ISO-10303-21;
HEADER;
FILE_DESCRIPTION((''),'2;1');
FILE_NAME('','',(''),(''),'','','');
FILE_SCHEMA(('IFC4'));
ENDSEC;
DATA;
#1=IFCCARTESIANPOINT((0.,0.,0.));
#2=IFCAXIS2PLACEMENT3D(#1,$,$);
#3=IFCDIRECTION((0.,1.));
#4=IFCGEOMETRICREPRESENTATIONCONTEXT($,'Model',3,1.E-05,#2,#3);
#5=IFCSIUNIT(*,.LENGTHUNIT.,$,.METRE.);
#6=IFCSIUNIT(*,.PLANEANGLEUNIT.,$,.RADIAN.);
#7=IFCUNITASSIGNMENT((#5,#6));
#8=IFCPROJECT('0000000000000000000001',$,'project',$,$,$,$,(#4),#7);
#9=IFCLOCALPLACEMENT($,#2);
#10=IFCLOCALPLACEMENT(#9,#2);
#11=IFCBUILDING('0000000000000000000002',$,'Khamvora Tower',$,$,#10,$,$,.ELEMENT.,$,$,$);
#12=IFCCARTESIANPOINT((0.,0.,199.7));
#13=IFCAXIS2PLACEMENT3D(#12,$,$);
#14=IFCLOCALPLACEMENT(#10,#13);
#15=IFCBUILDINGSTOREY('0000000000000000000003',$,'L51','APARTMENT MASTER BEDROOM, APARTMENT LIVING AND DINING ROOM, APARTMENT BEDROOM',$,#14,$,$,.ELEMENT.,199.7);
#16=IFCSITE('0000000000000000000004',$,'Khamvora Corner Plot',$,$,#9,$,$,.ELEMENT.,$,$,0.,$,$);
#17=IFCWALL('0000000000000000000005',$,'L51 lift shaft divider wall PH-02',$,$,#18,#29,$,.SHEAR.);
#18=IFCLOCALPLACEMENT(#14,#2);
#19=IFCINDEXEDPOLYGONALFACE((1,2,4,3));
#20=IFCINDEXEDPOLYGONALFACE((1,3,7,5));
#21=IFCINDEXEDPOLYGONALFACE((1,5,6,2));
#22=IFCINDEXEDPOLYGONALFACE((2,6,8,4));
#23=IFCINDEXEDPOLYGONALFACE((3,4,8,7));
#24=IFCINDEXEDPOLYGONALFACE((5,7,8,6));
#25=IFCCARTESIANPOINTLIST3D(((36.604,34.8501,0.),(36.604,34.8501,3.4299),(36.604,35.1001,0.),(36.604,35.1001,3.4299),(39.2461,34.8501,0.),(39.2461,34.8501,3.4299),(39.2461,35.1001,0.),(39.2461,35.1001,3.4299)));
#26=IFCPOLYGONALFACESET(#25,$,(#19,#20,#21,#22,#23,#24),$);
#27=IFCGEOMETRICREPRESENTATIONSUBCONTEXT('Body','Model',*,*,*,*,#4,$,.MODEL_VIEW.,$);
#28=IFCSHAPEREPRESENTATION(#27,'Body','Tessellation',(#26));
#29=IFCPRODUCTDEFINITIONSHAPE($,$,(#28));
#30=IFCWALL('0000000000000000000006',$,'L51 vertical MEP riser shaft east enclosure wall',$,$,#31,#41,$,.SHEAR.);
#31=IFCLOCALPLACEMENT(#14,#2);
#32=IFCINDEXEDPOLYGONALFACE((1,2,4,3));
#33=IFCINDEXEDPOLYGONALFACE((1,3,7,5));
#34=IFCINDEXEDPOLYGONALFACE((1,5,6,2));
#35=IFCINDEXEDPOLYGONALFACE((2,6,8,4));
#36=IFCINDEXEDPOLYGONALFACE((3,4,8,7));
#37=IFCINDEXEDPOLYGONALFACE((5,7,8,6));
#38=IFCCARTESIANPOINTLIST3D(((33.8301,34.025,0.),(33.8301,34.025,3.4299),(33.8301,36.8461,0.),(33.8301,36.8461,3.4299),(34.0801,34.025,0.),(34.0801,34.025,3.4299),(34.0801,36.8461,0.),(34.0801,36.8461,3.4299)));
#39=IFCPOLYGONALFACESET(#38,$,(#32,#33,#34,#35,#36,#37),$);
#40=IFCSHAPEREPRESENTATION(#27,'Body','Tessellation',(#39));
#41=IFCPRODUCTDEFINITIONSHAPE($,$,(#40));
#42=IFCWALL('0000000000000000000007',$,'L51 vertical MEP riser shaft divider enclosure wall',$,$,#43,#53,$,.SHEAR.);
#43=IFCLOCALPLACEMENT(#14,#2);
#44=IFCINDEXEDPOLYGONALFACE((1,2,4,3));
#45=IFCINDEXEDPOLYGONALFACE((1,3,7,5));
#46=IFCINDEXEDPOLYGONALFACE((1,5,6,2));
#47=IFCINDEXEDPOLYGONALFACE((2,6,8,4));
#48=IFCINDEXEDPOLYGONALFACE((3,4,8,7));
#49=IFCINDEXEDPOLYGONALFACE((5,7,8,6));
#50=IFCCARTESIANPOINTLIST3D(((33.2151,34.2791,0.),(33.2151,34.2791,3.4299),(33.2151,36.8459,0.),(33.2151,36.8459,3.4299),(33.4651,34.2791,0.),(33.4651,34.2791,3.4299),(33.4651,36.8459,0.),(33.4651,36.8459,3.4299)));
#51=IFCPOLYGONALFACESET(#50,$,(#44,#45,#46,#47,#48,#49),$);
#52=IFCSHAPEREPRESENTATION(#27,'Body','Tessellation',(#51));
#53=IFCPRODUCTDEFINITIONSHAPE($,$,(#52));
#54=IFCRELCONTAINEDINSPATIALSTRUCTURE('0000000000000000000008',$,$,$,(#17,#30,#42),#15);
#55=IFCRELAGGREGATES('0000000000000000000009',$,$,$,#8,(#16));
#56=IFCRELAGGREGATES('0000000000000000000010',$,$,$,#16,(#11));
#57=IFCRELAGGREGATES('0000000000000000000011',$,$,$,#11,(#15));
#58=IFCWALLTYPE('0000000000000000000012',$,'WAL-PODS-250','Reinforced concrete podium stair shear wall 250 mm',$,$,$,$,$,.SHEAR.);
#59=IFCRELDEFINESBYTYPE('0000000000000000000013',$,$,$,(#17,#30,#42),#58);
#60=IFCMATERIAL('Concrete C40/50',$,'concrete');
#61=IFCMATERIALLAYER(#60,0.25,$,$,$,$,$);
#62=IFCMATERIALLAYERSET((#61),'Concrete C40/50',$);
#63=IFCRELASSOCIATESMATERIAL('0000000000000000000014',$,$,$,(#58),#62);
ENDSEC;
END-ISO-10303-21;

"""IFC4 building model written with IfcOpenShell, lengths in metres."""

from ifc_helpers import new_model, si_unit, direction, frame, frame_2d, origin, place, context, subcontext, project, spatial, rectangle, extrude, material, layer, layer_set, type_object, element, save


model = new_model("IFC4")

# Units and contexts
model_context = context("Model", 3, precision=1e-05, world=origin(), true_north=direction((0.0, 1.0)))
body_context = subcontext(model_context, "Body", "Model", "MODEL_VIEW")
ifc_project = project(units=[si_unit("LENGTHUNIT", "METRE"), si_unit("PLANEANGLEUNIT", "RADIAN")], contexts=[model_context])

# Site, building, storey
site_placement = place(None, origin())
site = spatial("IfcSite", under=ifc_project, at=site_placement, Name="Khamvora Corner Plot", CompositionType="ELEMENT", RefElevation=0.0)
building_placement = place(site_placement, origin())
building = spatial("IfcBuilding", under=site, at=building_placement, Name="Khamvora Tower", CompositionType="ELEMENT")
storey_placement = place(building_placement, frame((0.0, 0.0, 199.7)))
storey = spatial("IfcBuildingStorey", under=building, at=storey_placement, Name="L51", Description="APARTMENT MASTER BEDROOM, APARTMENT LIVING AND DINING ROOM, APARTMENT BEDROOM", CompositionType="ELEMENT", Elevation=199.7)

# Walls
ifc_material_1 = material(Name="Concrete C40/50", Category="concrete")
ifc_layer_1 = layer(ifc_material_1, 0.25)
ifc_layer_set_1 = layer_set([ifc_layer_1], Name="Concrete C40/50")
wall_type_1 = type_object("IfcWallType", Name="WAL-PODS-250", Description="Reinforced concrete podium stair shear wall 250 mm", PredefinedType="SHEAR", material=ifc_layer_set_1)
for number, where, z_axis, x_axis, name in (
    (1, (36.604, 34.9751, 0.0), (0.0, 0.0, 1.0), (1.0, 0.0, 0.0), "L51 lift shaft divider wall PH-02"),
):
    element("IfcWall", number, at=place(storey_placement, frame(where, z_axis=z_axis, x_axis=x_axis)), inside=storey, type_object=wall_type_1, Name=name, PredefinedType="SHEAR", context=body_context, shape_type="SweptSolid", body=[
        extrude(rectangle(XDim=2.6421, YDim=0.25, at=frame_2d((1.321, 0.0))), origin(), (0.0, 0.0, 1.0), 3.4299),
    ])
wall_1_placement = place(storey_placement, frame((33.9551, 34.0249, 0.0), z_axis=(0.0, 0.0, 1.0), x_axis=(0.0, 1.0, 0.0)))
element("IfcWall", 2, at=wall_1_placement, inside=storey, type_object=wall_type_1, Name="L51 vertical MEP riser shaft east enclosure wall", PredefinedType="SHEAR", context=body_context, shape_type="SweptSolid", body=[
    extrude(rectangle(XDim=2.821, YDim=0.25, at=frame_2d((1.4106, 0.0))), origin(), (0.0, 0.0, 1.0), 3.4299),
])
wall_2_placement = place(storey_placement, frame((33.3401, 34.2791, 0.0), z_axis=(0.0, 0.0, 1.0), x_axis=(0.0, 1.0, 0.0)))
element("IfcWall", 3, at=wall_2_placement, inside=storey, type_object=wall_type_1, Name="L51 vertical MEP riser shaft divider enclosure wall", PredefinedType="SHEAR", context=body_context, shape_type="SweptSolid", body=[
    extrude(rectangle(XDim=2.5669, YDim=0.25, at=frame_2d((1.2834, 0.0))), origin(), (0.0, 0.0, 1.0), 3.4299),
])

save(model, "model.ifc")
